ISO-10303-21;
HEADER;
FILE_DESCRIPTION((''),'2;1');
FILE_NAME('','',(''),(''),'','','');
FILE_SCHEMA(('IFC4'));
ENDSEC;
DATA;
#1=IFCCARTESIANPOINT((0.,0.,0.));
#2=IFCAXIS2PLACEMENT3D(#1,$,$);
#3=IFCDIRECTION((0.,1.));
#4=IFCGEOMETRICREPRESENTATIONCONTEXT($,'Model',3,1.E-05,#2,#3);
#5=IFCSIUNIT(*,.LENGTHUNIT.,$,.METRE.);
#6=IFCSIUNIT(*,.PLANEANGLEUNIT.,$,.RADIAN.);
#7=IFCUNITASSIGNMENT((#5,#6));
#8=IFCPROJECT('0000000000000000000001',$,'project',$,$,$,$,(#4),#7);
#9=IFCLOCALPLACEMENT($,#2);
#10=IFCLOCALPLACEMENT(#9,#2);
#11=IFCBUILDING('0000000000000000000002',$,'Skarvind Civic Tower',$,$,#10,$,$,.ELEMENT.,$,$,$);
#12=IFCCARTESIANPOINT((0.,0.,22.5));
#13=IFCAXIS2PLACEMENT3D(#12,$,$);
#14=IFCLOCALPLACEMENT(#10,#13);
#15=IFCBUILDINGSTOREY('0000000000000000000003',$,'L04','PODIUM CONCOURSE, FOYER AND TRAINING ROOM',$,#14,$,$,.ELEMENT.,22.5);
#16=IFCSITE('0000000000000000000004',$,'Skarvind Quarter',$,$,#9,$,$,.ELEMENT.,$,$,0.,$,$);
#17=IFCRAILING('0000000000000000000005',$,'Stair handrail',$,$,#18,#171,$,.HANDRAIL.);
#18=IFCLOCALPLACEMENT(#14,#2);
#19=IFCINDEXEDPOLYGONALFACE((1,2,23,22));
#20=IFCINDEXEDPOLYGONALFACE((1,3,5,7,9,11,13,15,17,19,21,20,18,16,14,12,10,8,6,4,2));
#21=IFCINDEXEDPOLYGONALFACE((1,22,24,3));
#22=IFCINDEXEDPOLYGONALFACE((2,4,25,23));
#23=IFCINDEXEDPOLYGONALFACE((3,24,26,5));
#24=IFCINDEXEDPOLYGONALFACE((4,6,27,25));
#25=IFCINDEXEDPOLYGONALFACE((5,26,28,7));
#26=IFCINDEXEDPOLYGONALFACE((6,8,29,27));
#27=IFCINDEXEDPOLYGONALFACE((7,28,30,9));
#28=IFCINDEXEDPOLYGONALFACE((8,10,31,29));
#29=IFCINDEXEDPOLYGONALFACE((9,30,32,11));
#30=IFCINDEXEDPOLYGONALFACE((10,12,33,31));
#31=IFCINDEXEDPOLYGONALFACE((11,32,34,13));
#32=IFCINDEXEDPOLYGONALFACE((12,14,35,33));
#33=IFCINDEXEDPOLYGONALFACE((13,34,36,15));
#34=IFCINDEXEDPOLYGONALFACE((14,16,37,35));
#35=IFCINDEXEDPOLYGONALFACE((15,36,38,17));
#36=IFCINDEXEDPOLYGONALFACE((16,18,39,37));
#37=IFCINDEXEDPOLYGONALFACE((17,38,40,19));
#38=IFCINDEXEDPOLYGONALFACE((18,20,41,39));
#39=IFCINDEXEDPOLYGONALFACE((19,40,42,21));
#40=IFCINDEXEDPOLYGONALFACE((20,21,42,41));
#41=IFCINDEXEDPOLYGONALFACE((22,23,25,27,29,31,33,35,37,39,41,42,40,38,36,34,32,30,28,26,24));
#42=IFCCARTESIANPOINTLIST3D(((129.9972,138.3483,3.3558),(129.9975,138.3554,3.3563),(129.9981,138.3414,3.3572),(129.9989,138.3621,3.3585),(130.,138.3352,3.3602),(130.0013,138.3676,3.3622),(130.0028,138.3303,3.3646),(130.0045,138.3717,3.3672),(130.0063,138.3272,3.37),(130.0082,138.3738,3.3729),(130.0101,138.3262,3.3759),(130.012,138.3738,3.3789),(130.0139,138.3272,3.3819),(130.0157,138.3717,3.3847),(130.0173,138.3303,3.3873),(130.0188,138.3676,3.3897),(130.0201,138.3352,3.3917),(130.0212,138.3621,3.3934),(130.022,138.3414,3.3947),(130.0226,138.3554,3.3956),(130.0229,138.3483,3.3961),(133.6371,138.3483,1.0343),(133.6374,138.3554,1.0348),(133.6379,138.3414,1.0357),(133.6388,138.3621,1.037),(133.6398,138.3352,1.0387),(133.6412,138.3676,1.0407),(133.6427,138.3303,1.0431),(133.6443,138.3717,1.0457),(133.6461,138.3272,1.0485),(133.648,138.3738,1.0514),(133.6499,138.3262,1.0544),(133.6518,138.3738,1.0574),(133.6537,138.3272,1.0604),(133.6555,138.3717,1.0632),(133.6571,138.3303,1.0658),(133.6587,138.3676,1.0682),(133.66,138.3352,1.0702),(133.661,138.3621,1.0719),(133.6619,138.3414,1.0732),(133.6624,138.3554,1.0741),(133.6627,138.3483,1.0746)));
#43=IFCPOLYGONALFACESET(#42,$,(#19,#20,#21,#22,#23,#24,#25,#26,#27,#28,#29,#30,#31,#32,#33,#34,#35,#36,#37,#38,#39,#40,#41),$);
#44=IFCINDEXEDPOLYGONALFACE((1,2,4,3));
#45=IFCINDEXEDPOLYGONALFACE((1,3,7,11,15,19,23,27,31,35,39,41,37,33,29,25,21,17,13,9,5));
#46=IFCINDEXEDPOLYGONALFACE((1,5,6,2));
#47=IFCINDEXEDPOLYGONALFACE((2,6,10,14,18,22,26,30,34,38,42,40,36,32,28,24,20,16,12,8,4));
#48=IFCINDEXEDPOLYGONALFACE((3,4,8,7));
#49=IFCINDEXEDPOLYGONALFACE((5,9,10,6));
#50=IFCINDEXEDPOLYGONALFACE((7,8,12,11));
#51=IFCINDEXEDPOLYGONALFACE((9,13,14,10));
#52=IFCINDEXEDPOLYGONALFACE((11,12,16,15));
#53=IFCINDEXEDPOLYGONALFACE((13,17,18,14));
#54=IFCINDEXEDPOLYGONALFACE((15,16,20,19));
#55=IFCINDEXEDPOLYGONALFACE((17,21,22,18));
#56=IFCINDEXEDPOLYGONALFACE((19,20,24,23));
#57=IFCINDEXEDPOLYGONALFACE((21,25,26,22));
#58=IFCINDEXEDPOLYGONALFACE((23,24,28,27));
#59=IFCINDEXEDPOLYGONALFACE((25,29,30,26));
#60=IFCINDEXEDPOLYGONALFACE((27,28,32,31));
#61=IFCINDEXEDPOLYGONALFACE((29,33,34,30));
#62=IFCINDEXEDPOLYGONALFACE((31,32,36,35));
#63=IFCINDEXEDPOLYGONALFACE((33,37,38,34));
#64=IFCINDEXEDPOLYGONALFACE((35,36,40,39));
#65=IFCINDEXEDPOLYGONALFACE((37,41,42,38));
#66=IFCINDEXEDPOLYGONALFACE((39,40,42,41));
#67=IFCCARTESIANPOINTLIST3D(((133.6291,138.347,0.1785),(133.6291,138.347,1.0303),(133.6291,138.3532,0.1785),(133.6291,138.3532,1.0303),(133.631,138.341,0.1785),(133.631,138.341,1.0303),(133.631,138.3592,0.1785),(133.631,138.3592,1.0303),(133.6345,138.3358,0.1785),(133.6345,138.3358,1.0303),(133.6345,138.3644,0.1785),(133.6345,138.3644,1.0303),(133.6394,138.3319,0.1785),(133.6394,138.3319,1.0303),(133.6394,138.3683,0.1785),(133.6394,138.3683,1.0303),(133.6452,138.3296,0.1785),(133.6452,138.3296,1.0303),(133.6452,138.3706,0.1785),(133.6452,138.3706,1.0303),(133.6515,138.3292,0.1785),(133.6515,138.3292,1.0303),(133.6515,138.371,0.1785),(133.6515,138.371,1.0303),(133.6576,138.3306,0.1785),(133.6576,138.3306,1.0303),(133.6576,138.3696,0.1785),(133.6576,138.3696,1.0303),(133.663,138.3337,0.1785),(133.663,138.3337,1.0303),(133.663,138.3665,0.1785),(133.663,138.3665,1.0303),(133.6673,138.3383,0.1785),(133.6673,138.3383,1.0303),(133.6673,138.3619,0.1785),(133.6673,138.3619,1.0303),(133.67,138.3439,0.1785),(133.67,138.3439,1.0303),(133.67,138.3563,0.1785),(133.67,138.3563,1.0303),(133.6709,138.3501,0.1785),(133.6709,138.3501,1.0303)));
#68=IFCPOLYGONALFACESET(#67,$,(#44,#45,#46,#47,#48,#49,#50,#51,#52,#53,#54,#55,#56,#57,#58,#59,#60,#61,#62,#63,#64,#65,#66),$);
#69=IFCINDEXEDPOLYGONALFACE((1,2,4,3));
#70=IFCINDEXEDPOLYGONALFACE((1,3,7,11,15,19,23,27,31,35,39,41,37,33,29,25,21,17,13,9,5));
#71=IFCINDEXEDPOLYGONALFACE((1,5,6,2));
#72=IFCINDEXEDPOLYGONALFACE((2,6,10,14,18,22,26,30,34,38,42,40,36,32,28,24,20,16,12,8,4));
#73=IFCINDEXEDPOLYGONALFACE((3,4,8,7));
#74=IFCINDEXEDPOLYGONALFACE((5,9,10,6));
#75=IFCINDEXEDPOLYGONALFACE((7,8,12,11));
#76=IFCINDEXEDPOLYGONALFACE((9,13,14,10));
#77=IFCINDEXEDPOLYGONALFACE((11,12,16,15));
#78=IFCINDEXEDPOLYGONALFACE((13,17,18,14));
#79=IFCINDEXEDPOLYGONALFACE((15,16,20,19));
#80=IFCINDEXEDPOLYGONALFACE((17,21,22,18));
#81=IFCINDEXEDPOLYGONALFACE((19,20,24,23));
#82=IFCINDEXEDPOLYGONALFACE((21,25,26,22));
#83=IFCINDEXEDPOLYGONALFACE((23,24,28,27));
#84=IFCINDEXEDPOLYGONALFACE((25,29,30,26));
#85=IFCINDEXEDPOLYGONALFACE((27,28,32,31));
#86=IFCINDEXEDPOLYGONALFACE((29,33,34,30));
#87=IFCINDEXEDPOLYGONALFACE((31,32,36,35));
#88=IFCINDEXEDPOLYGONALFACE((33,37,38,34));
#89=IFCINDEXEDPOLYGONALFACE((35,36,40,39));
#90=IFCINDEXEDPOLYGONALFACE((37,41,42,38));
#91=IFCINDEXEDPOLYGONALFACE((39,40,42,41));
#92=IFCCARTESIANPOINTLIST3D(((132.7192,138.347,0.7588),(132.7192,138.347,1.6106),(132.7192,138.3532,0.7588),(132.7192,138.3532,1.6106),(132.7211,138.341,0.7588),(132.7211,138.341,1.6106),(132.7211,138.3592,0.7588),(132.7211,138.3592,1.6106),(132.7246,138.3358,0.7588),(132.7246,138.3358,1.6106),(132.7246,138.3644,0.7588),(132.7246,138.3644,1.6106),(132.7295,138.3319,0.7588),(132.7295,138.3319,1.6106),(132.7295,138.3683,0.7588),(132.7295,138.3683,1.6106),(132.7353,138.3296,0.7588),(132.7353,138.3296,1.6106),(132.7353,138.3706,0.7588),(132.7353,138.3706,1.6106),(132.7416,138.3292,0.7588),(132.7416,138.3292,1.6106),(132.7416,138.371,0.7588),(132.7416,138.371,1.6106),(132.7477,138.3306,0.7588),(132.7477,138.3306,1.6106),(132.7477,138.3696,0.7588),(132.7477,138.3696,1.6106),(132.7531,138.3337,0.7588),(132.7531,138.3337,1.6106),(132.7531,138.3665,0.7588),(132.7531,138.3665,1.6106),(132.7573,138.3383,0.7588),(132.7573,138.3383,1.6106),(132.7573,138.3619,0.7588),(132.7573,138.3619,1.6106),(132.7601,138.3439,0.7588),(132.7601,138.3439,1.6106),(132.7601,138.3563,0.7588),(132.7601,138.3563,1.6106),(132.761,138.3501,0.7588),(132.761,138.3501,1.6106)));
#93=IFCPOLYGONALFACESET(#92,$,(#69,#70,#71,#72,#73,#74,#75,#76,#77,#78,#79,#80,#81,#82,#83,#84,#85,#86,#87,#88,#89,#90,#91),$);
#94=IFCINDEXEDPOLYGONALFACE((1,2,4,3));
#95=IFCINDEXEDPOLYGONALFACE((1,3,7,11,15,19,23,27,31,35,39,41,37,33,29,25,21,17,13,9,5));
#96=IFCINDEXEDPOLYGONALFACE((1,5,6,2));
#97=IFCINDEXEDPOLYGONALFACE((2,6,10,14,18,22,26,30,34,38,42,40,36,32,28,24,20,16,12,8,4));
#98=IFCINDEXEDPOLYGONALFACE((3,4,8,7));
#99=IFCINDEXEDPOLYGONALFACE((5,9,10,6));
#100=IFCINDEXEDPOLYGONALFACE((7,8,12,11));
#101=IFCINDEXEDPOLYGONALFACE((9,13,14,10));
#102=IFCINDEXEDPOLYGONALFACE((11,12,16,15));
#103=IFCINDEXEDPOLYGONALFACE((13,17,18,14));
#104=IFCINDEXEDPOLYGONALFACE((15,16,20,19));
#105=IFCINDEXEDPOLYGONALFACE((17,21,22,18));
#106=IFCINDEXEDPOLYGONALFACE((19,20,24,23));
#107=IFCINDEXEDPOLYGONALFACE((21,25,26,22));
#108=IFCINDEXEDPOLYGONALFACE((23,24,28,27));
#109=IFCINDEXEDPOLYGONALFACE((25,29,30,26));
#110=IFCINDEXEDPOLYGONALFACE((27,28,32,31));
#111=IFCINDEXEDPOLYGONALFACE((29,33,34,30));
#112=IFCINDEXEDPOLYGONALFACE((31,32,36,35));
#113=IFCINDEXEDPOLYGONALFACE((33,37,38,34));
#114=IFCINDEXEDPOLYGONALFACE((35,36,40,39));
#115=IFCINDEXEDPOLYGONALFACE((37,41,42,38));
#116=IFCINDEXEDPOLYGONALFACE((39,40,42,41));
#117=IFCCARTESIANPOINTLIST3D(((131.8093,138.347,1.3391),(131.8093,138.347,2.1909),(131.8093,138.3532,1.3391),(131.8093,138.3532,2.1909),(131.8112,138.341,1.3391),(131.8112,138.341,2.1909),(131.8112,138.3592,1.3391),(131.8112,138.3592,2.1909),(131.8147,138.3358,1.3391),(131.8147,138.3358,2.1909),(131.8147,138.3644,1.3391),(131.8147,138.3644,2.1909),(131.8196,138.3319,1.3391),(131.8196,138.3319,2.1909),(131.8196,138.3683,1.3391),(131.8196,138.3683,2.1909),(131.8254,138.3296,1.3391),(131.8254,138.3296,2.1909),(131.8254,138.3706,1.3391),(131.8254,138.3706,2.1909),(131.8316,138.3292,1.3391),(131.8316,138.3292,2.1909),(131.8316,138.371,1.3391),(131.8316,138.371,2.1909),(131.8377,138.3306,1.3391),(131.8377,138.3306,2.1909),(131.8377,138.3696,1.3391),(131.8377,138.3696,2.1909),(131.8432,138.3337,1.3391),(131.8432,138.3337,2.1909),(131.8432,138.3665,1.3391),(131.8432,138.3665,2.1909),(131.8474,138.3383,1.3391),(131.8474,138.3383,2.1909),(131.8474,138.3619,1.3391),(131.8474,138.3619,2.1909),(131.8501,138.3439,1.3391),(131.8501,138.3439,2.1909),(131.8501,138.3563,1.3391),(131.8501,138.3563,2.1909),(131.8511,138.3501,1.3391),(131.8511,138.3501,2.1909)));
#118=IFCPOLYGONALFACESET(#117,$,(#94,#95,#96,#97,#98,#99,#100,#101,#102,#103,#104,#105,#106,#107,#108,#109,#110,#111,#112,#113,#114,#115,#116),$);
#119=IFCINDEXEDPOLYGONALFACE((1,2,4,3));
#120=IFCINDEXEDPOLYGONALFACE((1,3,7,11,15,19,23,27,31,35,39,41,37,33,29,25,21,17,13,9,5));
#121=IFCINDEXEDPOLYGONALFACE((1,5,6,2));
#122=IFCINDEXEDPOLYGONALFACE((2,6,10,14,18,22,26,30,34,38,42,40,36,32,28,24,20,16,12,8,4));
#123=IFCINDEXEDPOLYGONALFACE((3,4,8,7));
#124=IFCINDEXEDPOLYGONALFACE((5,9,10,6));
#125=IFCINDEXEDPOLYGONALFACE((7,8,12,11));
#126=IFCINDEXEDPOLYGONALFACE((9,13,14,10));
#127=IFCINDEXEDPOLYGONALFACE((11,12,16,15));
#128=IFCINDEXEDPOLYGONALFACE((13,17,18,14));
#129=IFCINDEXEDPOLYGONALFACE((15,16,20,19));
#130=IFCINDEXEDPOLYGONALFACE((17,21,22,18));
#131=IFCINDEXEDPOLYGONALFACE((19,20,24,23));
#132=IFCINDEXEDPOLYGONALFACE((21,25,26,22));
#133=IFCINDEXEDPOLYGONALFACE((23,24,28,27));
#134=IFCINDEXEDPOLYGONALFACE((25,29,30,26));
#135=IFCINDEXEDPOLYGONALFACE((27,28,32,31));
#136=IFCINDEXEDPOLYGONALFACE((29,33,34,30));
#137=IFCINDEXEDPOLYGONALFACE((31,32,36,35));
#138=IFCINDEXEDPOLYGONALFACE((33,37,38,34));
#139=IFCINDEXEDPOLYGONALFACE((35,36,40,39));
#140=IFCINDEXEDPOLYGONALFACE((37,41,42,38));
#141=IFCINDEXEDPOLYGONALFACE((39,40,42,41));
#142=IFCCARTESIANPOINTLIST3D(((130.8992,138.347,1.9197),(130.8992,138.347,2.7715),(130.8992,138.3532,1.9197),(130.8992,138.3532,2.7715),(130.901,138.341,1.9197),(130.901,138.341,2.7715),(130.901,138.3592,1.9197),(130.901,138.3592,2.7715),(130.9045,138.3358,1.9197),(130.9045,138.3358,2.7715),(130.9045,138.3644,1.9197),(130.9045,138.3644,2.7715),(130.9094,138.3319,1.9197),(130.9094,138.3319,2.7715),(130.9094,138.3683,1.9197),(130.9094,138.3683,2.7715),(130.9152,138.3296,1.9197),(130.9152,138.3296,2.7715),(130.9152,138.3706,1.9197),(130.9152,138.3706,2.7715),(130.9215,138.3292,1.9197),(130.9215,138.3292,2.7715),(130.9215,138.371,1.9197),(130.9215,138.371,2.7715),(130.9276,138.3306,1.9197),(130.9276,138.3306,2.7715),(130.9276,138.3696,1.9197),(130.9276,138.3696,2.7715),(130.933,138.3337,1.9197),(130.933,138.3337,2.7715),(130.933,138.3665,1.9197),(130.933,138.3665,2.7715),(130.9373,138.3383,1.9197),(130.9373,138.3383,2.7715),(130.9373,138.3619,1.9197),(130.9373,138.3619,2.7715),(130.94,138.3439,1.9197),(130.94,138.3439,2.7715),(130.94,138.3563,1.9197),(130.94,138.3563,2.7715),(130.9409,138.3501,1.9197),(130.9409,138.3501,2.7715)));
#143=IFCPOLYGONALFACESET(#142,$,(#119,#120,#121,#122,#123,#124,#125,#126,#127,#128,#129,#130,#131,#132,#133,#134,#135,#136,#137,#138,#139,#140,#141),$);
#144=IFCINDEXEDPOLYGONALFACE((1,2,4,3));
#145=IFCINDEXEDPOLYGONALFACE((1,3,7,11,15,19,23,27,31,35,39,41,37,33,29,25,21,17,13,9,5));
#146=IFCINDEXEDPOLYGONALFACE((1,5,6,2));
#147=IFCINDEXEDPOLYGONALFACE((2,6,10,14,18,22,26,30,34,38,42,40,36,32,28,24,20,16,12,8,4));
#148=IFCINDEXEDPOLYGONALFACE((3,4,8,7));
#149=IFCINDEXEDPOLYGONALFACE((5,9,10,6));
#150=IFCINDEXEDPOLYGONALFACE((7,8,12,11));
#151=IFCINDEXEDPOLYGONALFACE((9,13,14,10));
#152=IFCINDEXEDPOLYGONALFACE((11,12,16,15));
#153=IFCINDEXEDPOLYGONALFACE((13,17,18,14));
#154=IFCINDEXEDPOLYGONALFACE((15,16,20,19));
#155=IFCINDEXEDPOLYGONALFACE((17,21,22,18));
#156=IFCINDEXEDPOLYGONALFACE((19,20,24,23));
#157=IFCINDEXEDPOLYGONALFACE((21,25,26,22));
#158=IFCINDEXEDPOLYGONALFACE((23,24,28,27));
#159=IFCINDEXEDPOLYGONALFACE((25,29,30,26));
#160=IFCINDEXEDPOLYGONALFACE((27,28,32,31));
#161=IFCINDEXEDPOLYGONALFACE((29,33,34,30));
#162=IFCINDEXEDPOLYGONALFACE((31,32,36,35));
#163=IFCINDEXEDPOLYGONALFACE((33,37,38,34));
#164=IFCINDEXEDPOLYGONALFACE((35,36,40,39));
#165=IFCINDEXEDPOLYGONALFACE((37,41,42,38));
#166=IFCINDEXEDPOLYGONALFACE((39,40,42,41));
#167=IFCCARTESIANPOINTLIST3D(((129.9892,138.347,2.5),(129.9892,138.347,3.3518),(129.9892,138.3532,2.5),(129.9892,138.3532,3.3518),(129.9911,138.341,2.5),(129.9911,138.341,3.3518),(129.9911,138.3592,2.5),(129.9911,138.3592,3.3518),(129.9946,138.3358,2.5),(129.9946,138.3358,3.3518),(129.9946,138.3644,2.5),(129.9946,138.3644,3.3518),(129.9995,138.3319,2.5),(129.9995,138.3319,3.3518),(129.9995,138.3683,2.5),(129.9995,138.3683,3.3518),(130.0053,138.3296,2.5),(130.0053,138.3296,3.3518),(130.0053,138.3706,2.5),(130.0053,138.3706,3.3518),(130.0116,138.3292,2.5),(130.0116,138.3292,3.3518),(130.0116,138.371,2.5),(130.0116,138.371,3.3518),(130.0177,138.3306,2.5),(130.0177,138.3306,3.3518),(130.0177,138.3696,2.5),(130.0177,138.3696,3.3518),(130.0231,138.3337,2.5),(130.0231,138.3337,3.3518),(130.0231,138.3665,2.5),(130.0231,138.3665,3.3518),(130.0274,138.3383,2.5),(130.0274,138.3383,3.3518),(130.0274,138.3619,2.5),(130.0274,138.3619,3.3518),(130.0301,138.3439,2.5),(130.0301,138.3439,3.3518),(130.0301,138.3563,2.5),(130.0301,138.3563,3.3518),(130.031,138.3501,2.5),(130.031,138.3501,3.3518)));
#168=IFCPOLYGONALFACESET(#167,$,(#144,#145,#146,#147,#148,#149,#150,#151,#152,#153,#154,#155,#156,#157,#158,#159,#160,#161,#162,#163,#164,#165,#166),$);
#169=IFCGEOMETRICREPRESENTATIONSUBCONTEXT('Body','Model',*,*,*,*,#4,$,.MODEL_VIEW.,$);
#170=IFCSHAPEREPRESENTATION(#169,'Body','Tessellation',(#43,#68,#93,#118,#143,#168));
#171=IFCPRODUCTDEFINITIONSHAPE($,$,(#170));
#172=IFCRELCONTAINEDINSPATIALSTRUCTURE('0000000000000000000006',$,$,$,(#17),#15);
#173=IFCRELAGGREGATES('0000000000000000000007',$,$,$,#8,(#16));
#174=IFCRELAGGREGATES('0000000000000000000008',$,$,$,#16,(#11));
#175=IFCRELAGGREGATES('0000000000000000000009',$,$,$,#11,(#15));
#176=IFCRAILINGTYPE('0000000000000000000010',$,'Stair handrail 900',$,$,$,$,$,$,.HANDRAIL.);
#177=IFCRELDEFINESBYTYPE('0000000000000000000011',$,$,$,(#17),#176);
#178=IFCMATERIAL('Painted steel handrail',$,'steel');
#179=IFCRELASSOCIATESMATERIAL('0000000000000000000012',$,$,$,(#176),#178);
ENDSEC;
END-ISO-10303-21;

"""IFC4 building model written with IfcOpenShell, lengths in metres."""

from ifc_helpers import new_model, si_unit, direction, frame, origin, origin_2d, place, context, subcontext, project, spatial, circle, extrude, material, type_object, element, save


model = new_model("IFC4")

# Units and contexts
model_context = context("Model", 3, precision=1e-05, world=origin(), true_north=direction((0.0, 1.0)))
body_context = subcontext(model_context, "Body", "Model", "MODEL_VIEW")
ifc_project = project(units=[si_unit("LENGTHUNIT", "METRE"), si_unit("PLANEANGLEUNIT", "RADIAN")], contexts=[model_context])

# Site, building, storey
site_placement = place(None, origin())
site = spatial("IfcSite", under=ifc_project, at=site_placement, Name="Skarvind Quarter", CompositionType="ELEMENT", RefElevation=0.0)
building_placement = place(site_placement, origin())
building = spatial("IfcBuilding", under=site, at=building_placement, Name="Skarvind Civic Tower", CompositionType="ELEMENT")
storey_placement = place(building_placement, frame((0.0, 0.0, 22.5)))
storey = spatial("IfcBuildingStorey", under=building, at=storey_placement, Name="L04", Description="PODIUM CONCOURSE, FOYER AND TRAINING ROOM", CompositionType="ELEMENT", Elevation=22.5)

# Railing
ifc_material_1 = material(Name="Painted steel handrail", Category="steel")
railing_type = type_object("IfcRailingType", Name="Stair handrail 900", PredefinedType="HANDRAIL", material=ifc_material_1)
railing_1_placement = place(storey_placement, frame((133.6499, 138.3501, 0.1785)))
element("IfcRailing", 1, at=railing_1_placement, inside=storey, type_object=railing_type, Name="Stair handrail", PredefinedType="HANDRAIL", context=body_context, shape_type="SweptSolid", body=[
    extrude(circle(Radius=0.0239, at=origin_2d()), frame((0.0, 0.0, 0.876), z_axis=(-0.843112, 0.0, 0.537739), x_axis=(0.0, -1.0, 0.0)), (0.0, 0.0, 1.0), 4.3171),
    extrude(circle(Radius=0.021, at=origin_2d()), origin(), (0.0, 0.0, 1.0), 0.8518),
    extrude(circle(Radius=0.021, at=origin_2d()), frame((-0.9099, 0.0, 0.5803)), (0.0, 0.0, 1.0), 0.8518),
    extrude(circle(Radius=0.021, at=origin_2d()), frame((-1.8198, 0.0, 1.1606)), (0.0, 0.0, 1.0), 0.8518),
    extrude(circle(Radius=0.021, at=origin_2d()), frame((-2.73, 0.0, 1.7412)), (0.0, 0.0, 1.0), 0.8518),
    extrude(circle(Radius=0.021, at=origin_2d()), frame((-3.6399, 0.0, 2.3215)), (0.0, 0.0, 1.0), 0.8518),
])

save(model, "model.ifc")
